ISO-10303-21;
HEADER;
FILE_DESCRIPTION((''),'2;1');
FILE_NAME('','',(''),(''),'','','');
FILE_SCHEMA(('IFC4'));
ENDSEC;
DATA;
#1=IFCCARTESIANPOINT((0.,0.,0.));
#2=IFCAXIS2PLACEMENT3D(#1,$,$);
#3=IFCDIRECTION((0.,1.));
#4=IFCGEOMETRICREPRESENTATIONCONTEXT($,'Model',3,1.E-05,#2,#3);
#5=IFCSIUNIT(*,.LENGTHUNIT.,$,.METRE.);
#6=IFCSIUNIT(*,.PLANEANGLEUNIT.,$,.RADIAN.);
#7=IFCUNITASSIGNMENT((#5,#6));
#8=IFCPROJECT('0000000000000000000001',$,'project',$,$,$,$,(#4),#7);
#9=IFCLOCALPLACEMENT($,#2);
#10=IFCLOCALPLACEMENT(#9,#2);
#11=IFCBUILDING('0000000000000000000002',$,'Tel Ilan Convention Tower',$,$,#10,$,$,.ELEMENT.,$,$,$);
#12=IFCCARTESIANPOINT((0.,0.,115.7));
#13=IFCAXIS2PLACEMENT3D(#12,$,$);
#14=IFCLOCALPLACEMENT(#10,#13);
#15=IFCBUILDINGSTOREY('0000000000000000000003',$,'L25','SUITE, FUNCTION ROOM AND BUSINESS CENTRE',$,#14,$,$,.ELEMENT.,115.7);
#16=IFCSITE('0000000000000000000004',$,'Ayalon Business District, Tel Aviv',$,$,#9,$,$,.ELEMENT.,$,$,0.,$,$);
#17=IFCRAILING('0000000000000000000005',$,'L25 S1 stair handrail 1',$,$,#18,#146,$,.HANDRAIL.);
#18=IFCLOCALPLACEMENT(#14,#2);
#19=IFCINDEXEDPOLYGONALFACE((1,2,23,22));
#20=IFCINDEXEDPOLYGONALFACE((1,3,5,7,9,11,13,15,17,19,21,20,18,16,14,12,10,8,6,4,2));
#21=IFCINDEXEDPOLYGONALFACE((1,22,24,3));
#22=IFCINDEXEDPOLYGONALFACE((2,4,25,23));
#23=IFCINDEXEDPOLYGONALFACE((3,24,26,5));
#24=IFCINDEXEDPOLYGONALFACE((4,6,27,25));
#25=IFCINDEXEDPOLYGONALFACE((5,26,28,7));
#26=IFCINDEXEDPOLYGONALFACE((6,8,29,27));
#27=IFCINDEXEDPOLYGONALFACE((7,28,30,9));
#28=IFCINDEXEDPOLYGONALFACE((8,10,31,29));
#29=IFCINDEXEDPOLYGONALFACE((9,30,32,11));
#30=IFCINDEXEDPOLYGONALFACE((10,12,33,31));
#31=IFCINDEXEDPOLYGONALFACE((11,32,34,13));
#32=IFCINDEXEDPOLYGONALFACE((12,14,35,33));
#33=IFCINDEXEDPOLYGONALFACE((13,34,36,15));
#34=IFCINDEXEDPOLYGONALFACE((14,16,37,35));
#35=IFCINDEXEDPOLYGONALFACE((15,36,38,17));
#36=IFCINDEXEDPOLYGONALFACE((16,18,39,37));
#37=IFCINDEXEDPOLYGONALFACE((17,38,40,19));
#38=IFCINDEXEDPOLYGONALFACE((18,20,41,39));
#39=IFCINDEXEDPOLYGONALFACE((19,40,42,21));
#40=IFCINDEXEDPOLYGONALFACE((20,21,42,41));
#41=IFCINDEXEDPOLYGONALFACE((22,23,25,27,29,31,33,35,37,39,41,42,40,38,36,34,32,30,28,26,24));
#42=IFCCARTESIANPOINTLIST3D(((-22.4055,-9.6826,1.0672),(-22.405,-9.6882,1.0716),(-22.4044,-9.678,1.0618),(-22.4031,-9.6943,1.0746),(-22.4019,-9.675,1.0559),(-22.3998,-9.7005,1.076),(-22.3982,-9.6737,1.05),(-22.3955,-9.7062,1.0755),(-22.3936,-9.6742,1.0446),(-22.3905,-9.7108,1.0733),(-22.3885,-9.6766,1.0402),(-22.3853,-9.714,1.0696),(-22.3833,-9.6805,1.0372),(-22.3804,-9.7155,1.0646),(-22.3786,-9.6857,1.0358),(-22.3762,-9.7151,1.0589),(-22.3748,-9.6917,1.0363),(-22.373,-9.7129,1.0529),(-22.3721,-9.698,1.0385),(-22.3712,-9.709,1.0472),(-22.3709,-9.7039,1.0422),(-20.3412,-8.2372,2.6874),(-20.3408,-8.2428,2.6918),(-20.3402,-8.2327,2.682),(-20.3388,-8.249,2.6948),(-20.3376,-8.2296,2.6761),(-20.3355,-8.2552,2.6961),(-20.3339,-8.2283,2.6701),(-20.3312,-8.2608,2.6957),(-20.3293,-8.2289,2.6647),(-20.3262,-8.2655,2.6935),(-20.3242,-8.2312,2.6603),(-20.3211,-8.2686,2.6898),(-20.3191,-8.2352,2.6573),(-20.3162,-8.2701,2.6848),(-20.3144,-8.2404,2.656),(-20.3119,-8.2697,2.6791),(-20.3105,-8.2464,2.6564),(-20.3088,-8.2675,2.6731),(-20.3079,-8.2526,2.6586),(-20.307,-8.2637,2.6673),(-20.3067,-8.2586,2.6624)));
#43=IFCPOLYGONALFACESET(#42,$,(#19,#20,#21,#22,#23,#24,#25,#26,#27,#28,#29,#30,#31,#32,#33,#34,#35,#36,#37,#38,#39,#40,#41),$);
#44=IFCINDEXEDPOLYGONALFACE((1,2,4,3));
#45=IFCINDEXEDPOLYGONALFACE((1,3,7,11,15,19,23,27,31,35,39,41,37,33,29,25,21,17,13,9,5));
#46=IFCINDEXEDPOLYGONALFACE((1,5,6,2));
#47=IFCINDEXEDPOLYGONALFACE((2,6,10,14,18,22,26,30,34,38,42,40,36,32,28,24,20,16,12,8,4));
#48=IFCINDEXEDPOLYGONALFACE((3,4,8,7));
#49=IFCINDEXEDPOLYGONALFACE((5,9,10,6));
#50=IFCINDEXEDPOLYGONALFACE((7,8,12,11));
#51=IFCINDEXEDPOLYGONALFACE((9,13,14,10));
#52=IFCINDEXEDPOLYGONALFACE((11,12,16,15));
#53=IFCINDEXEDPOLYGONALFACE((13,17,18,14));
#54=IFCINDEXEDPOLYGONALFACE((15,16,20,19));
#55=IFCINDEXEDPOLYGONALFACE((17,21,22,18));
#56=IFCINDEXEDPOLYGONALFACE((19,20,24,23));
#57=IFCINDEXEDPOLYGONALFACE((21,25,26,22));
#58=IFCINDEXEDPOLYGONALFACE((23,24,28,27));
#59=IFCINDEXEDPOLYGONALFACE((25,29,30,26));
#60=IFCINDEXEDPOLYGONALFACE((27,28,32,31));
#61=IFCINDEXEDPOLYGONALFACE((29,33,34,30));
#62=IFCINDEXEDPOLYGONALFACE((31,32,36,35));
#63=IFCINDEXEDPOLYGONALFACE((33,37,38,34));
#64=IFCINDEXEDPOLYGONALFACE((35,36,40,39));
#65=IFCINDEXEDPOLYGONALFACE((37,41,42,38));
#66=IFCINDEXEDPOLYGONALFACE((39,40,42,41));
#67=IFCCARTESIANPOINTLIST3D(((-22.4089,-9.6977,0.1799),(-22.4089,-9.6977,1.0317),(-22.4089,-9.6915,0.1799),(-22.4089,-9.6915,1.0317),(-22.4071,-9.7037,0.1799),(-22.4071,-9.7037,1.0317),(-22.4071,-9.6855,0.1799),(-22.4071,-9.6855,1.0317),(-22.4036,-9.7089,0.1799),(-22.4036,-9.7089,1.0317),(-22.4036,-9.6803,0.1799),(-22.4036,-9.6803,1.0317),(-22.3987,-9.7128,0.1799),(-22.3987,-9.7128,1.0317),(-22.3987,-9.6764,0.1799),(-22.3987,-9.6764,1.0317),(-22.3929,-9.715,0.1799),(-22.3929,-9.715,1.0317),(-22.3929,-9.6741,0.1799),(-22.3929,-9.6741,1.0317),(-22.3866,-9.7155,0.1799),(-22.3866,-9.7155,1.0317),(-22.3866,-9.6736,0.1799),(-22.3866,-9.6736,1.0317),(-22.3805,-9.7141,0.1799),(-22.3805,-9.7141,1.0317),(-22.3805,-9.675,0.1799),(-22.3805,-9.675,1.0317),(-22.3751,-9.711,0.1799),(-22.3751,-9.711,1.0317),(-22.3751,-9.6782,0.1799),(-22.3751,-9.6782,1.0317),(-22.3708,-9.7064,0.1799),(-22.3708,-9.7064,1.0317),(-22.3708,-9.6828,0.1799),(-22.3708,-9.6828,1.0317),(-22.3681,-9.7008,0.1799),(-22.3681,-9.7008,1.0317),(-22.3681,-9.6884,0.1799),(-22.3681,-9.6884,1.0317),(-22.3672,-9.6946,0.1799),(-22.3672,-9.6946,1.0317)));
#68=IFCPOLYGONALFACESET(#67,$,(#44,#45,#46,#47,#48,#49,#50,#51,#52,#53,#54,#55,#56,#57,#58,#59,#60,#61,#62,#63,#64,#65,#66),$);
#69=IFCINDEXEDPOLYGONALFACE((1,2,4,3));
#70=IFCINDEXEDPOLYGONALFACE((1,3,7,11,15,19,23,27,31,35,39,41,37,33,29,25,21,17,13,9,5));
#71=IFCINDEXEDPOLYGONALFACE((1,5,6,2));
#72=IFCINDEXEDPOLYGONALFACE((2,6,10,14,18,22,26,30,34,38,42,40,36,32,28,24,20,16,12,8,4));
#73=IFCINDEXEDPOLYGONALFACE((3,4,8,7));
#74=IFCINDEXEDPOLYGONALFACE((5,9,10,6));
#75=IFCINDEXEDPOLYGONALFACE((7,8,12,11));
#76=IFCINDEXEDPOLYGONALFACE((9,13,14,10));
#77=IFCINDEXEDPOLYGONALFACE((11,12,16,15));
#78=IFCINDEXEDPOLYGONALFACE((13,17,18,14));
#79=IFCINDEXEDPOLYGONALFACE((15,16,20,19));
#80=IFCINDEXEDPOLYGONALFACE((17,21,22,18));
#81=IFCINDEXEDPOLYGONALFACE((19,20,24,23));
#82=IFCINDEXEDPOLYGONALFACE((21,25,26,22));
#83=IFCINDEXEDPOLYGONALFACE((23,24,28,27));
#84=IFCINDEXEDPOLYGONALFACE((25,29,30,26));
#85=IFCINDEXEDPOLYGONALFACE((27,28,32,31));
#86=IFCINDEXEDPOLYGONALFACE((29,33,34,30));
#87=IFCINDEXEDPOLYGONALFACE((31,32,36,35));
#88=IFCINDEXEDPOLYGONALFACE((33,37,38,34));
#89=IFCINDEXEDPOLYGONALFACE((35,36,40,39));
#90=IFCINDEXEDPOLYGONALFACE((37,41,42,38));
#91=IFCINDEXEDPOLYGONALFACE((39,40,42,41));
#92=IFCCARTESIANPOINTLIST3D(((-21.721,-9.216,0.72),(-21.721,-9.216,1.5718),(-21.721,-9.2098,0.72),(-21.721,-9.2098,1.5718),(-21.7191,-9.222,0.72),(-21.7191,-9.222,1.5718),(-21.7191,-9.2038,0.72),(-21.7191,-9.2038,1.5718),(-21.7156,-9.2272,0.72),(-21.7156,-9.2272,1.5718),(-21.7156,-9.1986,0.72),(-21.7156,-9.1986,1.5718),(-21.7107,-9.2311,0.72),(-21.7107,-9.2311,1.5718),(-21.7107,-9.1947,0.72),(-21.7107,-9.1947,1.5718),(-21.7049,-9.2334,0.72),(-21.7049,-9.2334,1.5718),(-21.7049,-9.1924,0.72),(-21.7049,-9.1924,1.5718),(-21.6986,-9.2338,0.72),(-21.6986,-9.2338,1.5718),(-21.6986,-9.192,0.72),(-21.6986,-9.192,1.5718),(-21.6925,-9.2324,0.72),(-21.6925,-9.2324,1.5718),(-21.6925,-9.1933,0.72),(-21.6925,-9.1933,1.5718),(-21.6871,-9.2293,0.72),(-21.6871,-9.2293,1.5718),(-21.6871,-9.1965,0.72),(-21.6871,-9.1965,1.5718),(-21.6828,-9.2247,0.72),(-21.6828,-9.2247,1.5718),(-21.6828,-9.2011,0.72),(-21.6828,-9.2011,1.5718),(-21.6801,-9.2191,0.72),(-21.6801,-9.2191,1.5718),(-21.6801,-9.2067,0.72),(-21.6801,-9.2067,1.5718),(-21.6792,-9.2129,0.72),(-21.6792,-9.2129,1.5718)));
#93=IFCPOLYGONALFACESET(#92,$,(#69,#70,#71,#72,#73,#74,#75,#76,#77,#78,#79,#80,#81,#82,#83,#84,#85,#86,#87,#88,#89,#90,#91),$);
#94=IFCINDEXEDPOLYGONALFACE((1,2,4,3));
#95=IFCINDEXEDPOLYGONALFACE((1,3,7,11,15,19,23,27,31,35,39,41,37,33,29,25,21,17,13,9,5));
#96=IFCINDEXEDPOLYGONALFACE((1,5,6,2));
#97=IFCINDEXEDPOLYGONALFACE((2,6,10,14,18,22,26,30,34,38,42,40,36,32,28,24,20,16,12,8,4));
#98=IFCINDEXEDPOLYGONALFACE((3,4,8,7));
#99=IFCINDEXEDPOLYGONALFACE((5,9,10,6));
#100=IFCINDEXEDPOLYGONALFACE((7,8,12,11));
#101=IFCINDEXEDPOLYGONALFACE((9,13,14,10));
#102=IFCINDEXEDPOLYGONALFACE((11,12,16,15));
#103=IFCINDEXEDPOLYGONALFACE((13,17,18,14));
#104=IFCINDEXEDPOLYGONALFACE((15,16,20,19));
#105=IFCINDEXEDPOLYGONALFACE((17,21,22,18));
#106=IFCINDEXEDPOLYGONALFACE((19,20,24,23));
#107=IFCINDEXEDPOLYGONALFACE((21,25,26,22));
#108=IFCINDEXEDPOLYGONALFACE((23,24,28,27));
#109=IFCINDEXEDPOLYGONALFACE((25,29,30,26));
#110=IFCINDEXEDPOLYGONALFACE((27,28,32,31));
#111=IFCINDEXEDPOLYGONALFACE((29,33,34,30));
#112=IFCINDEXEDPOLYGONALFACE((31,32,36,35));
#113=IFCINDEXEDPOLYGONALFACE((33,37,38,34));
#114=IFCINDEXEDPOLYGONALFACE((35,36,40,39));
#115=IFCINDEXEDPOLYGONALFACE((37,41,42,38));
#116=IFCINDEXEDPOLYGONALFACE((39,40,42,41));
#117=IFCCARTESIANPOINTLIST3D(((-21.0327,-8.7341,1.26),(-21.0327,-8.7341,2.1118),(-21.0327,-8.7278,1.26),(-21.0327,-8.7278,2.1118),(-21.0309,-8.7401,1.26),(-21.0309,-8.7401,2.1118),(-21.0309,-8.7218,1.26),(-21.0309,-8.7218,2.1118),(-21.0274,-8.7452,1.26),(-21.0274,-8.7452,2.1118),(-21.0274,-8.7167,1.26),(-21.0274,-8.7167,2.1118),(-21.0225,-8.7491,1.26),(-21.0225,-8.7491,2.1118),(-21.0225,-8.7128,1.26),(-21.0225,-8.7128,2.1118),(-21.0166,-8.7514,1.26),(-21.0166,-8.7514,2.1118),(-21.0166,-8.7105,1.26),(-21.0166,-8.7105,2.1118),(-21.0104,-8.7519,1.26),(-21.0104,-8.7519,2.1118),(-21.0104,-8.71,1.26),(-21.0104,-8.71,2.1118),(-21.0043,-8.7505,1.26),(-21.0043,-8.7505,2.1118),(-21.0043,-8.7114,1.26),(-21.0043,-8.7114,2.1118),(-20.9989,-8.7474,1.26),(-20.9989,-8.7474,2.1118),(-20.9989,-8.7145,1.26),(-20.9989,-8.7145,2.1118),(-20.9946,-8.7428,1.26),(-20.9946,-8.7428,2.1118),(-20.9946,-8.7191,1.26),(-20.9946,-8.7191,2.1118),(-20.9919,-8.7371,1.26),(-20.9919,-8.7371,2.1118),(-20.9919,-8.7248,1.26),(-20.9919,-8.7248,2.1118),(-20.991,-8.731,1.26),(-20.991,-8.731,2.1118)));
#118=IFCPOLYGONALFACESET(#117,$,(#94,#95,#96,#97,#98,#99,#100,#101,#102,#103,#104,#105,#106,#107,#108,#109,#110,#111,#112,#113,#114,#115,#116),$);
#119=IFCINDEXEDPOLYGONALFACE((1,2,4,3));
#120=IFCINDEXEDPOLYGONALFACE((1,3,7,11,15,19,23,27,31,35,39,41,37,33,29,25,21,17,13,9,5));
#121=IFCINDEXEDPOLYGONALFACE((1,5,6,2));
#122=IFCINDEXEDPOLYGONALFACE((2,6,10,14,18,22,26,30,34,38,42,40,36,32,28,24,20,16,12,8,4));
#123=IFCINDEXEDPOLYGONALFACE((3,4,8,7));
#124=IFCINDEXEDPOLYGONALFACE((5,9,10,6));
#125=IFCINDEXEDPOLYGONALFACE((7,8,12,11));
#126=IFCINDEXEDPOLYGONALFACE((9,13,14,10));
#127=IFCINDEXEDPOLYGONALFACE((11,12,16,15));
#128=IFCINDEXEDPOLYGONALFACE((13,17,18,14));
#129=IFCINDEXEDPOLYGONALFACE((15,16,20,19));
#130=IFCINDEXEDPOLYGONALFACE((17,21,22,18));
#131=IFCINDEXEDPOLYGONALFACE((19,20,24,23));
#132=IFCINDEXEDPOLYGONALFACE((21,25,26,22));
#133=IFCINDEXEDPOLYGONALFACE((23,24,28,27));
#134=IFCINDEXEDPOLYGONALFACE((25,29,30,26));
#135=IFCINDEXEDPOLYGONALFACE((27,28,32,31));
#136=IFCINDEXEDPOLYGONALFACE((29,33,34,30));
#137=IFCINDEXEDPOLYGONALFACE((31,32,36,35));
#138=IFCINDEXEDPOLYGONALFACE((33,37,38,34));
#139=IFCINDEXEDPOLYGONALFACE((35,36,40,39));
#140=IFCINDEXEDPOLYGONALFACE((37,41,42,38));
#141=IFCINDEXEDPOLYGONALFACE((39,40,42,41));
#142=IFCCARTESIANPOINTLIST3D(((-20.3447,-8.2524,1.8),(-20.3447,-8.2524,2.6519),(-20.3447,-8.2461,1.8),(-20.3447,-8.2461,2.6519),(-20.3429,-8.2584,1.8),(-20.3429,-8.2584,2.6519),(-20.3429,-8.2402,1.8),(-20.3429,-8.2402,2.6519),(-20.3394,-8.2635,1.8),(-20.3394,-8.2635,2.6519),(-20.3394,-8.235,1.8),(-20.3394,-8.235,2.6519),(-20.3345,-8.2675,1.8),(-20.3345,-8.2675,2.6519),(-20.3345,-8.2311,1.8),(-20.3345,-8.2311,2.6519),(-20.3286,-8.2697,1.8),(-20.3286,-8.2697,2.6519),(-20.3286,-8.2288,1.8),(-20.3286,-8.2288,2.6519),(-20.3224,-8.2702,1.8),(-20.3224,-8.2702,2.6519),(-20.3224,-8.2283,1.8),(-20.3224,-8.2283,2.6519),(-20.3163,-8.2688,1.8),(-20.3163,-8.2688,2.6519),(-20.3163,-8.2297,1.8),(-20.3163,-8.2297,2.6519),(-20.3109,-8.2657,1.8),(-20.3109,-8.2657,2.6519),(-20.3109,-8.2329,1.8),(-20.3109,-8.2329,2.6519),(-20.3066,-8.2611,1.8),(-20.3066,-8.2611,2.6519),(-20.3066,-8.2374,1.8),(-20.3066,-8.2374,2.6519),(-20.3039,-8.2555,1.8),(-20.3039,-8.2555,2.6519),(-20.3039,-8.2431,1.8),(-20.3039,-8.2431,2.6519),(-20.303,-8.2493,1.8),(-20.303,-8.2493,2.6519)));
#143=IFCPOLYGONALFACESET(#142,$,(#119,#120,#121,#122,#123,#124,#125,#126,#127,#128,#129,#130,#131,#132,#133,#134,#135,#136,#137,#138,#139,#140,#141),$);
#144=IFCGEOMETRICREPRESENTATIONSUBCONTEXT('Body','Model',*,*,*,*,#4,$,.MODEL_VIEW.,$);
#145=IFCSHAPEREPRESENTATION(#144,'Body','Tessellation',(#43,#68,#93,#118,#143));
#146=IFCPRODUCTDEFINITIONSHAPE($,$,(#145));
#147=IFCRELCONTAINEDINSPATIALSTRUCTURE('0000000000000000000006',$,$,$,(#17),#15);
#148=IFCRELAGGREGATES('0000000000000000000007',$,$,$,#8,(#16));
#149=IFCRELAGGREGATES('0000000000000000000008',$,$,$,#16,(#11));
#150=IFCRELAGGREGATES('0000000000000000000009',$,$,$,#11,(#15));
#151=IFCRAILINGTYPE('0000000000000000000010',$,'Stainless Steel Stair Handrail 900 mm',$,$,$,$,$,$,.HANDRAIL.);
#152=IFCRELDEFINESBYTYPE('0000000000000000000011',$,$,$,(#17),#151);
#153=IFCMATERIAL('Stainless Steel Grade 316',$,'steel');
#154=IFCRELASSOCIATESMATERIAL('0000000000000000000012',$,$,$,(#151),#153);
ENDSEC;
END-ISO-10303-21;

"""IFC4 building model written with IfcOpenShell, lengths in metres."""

from ifc_helpers import new_model, si_unit, direction, frame, origin, origin_2d, place, context, subcontext, project, spatial, circle, extrude, material, type_object, element, save


model = new_model("IFC4")

# Units and contexts
model_context = context("Model", 3, precision=1e-05, world=origin(), true_north=direction((0.0, 1.0)))
body_context = subcontext(model_context, "Body", "Model", "MODEL_VIEW")
ifc_project = project(units=[si_unit("LENGTHUNIT", "METRE"), si_unit("PLANEANGLEUNIT", "RADIAN")], contexts=[model_context])

# Site, building, storey
site_placement = place(None, origin())
site = spatial("IfcSite", under=ifc_project, at=site_placement, Name="Ayalon Business District, Tel Aviv", CompositionType="ELEMENT", RefElevation=0.0)
building_placement = place(site_placement, origin())
building = spatial("IfcBuilding", under=site, at=building_placement, Name="Tel Ilan Convention Tower", CompositionType="ELEMENT")
storey_placement = place(building_placement, frame((0.0, 0.0, 115.7)))
storey = spatial("IfcBuildingStorey", under=building, at=storey_placement, Name="L25", Description="SUITE, FUNCTION ROOM AND BUSINESS CENTRE", CompositionType="ELEMENT", Elevation=115.7)

# Railing
ifc_material_1 = material(Name="Stainless Steel Grade 316", Category="steel")
railing_type_1 = type_object("IfcRailingType", Name="Stainless Steel Stair Handrail 900 mm", PredefinedType="HANDRAIL", material=ifc_material_1)
railing_1_placement = place(storey_placement, frame((-22.3882, -9.6946, 0.1799)))
element("IfcRailing", 1, at=railing_1_placement, inside=storey, type_object=railing_type_1, Name="L25 S1 stair handrail 1", PredefinedType="HANDRAIL", context=body_context, shape_type="SweptSolid", body=[
    extrude(circle(Radius=0.0239, at=origin_2d()), frame((0.0, 0.0, 0.876), z_axis=(0.68904, 0.48245, 0.540801), x_axis=(-0.57356, 0.819164, 0.0)), (0.0, 0.0, 1.0), 2.9958),
    extrude(circle(Radius=0.021, at=origin_2d()), origin(), (0.0, 0.0, 1.0), 0.8518),
    extrude(circle(Radius=0.021, at=origin_2d()), frame((0.688, 0.4817, 0.54)), (0.0, 0.0, 1.0), 0.8518),
    extrude(circle(Radius=0.021, at=origin_2d()), frame((1.3762, 0.9636, 1.0801)), (0.0, 0.0, 1.0), 0.8518),
    extrude(circle(Radius=0.021, at=origin_2d()), frame((2.0642, 1.4453, 1.6201)), (0.0, 0.0, 1.0), 0.8518),
])

save(model, "model.ifc")
